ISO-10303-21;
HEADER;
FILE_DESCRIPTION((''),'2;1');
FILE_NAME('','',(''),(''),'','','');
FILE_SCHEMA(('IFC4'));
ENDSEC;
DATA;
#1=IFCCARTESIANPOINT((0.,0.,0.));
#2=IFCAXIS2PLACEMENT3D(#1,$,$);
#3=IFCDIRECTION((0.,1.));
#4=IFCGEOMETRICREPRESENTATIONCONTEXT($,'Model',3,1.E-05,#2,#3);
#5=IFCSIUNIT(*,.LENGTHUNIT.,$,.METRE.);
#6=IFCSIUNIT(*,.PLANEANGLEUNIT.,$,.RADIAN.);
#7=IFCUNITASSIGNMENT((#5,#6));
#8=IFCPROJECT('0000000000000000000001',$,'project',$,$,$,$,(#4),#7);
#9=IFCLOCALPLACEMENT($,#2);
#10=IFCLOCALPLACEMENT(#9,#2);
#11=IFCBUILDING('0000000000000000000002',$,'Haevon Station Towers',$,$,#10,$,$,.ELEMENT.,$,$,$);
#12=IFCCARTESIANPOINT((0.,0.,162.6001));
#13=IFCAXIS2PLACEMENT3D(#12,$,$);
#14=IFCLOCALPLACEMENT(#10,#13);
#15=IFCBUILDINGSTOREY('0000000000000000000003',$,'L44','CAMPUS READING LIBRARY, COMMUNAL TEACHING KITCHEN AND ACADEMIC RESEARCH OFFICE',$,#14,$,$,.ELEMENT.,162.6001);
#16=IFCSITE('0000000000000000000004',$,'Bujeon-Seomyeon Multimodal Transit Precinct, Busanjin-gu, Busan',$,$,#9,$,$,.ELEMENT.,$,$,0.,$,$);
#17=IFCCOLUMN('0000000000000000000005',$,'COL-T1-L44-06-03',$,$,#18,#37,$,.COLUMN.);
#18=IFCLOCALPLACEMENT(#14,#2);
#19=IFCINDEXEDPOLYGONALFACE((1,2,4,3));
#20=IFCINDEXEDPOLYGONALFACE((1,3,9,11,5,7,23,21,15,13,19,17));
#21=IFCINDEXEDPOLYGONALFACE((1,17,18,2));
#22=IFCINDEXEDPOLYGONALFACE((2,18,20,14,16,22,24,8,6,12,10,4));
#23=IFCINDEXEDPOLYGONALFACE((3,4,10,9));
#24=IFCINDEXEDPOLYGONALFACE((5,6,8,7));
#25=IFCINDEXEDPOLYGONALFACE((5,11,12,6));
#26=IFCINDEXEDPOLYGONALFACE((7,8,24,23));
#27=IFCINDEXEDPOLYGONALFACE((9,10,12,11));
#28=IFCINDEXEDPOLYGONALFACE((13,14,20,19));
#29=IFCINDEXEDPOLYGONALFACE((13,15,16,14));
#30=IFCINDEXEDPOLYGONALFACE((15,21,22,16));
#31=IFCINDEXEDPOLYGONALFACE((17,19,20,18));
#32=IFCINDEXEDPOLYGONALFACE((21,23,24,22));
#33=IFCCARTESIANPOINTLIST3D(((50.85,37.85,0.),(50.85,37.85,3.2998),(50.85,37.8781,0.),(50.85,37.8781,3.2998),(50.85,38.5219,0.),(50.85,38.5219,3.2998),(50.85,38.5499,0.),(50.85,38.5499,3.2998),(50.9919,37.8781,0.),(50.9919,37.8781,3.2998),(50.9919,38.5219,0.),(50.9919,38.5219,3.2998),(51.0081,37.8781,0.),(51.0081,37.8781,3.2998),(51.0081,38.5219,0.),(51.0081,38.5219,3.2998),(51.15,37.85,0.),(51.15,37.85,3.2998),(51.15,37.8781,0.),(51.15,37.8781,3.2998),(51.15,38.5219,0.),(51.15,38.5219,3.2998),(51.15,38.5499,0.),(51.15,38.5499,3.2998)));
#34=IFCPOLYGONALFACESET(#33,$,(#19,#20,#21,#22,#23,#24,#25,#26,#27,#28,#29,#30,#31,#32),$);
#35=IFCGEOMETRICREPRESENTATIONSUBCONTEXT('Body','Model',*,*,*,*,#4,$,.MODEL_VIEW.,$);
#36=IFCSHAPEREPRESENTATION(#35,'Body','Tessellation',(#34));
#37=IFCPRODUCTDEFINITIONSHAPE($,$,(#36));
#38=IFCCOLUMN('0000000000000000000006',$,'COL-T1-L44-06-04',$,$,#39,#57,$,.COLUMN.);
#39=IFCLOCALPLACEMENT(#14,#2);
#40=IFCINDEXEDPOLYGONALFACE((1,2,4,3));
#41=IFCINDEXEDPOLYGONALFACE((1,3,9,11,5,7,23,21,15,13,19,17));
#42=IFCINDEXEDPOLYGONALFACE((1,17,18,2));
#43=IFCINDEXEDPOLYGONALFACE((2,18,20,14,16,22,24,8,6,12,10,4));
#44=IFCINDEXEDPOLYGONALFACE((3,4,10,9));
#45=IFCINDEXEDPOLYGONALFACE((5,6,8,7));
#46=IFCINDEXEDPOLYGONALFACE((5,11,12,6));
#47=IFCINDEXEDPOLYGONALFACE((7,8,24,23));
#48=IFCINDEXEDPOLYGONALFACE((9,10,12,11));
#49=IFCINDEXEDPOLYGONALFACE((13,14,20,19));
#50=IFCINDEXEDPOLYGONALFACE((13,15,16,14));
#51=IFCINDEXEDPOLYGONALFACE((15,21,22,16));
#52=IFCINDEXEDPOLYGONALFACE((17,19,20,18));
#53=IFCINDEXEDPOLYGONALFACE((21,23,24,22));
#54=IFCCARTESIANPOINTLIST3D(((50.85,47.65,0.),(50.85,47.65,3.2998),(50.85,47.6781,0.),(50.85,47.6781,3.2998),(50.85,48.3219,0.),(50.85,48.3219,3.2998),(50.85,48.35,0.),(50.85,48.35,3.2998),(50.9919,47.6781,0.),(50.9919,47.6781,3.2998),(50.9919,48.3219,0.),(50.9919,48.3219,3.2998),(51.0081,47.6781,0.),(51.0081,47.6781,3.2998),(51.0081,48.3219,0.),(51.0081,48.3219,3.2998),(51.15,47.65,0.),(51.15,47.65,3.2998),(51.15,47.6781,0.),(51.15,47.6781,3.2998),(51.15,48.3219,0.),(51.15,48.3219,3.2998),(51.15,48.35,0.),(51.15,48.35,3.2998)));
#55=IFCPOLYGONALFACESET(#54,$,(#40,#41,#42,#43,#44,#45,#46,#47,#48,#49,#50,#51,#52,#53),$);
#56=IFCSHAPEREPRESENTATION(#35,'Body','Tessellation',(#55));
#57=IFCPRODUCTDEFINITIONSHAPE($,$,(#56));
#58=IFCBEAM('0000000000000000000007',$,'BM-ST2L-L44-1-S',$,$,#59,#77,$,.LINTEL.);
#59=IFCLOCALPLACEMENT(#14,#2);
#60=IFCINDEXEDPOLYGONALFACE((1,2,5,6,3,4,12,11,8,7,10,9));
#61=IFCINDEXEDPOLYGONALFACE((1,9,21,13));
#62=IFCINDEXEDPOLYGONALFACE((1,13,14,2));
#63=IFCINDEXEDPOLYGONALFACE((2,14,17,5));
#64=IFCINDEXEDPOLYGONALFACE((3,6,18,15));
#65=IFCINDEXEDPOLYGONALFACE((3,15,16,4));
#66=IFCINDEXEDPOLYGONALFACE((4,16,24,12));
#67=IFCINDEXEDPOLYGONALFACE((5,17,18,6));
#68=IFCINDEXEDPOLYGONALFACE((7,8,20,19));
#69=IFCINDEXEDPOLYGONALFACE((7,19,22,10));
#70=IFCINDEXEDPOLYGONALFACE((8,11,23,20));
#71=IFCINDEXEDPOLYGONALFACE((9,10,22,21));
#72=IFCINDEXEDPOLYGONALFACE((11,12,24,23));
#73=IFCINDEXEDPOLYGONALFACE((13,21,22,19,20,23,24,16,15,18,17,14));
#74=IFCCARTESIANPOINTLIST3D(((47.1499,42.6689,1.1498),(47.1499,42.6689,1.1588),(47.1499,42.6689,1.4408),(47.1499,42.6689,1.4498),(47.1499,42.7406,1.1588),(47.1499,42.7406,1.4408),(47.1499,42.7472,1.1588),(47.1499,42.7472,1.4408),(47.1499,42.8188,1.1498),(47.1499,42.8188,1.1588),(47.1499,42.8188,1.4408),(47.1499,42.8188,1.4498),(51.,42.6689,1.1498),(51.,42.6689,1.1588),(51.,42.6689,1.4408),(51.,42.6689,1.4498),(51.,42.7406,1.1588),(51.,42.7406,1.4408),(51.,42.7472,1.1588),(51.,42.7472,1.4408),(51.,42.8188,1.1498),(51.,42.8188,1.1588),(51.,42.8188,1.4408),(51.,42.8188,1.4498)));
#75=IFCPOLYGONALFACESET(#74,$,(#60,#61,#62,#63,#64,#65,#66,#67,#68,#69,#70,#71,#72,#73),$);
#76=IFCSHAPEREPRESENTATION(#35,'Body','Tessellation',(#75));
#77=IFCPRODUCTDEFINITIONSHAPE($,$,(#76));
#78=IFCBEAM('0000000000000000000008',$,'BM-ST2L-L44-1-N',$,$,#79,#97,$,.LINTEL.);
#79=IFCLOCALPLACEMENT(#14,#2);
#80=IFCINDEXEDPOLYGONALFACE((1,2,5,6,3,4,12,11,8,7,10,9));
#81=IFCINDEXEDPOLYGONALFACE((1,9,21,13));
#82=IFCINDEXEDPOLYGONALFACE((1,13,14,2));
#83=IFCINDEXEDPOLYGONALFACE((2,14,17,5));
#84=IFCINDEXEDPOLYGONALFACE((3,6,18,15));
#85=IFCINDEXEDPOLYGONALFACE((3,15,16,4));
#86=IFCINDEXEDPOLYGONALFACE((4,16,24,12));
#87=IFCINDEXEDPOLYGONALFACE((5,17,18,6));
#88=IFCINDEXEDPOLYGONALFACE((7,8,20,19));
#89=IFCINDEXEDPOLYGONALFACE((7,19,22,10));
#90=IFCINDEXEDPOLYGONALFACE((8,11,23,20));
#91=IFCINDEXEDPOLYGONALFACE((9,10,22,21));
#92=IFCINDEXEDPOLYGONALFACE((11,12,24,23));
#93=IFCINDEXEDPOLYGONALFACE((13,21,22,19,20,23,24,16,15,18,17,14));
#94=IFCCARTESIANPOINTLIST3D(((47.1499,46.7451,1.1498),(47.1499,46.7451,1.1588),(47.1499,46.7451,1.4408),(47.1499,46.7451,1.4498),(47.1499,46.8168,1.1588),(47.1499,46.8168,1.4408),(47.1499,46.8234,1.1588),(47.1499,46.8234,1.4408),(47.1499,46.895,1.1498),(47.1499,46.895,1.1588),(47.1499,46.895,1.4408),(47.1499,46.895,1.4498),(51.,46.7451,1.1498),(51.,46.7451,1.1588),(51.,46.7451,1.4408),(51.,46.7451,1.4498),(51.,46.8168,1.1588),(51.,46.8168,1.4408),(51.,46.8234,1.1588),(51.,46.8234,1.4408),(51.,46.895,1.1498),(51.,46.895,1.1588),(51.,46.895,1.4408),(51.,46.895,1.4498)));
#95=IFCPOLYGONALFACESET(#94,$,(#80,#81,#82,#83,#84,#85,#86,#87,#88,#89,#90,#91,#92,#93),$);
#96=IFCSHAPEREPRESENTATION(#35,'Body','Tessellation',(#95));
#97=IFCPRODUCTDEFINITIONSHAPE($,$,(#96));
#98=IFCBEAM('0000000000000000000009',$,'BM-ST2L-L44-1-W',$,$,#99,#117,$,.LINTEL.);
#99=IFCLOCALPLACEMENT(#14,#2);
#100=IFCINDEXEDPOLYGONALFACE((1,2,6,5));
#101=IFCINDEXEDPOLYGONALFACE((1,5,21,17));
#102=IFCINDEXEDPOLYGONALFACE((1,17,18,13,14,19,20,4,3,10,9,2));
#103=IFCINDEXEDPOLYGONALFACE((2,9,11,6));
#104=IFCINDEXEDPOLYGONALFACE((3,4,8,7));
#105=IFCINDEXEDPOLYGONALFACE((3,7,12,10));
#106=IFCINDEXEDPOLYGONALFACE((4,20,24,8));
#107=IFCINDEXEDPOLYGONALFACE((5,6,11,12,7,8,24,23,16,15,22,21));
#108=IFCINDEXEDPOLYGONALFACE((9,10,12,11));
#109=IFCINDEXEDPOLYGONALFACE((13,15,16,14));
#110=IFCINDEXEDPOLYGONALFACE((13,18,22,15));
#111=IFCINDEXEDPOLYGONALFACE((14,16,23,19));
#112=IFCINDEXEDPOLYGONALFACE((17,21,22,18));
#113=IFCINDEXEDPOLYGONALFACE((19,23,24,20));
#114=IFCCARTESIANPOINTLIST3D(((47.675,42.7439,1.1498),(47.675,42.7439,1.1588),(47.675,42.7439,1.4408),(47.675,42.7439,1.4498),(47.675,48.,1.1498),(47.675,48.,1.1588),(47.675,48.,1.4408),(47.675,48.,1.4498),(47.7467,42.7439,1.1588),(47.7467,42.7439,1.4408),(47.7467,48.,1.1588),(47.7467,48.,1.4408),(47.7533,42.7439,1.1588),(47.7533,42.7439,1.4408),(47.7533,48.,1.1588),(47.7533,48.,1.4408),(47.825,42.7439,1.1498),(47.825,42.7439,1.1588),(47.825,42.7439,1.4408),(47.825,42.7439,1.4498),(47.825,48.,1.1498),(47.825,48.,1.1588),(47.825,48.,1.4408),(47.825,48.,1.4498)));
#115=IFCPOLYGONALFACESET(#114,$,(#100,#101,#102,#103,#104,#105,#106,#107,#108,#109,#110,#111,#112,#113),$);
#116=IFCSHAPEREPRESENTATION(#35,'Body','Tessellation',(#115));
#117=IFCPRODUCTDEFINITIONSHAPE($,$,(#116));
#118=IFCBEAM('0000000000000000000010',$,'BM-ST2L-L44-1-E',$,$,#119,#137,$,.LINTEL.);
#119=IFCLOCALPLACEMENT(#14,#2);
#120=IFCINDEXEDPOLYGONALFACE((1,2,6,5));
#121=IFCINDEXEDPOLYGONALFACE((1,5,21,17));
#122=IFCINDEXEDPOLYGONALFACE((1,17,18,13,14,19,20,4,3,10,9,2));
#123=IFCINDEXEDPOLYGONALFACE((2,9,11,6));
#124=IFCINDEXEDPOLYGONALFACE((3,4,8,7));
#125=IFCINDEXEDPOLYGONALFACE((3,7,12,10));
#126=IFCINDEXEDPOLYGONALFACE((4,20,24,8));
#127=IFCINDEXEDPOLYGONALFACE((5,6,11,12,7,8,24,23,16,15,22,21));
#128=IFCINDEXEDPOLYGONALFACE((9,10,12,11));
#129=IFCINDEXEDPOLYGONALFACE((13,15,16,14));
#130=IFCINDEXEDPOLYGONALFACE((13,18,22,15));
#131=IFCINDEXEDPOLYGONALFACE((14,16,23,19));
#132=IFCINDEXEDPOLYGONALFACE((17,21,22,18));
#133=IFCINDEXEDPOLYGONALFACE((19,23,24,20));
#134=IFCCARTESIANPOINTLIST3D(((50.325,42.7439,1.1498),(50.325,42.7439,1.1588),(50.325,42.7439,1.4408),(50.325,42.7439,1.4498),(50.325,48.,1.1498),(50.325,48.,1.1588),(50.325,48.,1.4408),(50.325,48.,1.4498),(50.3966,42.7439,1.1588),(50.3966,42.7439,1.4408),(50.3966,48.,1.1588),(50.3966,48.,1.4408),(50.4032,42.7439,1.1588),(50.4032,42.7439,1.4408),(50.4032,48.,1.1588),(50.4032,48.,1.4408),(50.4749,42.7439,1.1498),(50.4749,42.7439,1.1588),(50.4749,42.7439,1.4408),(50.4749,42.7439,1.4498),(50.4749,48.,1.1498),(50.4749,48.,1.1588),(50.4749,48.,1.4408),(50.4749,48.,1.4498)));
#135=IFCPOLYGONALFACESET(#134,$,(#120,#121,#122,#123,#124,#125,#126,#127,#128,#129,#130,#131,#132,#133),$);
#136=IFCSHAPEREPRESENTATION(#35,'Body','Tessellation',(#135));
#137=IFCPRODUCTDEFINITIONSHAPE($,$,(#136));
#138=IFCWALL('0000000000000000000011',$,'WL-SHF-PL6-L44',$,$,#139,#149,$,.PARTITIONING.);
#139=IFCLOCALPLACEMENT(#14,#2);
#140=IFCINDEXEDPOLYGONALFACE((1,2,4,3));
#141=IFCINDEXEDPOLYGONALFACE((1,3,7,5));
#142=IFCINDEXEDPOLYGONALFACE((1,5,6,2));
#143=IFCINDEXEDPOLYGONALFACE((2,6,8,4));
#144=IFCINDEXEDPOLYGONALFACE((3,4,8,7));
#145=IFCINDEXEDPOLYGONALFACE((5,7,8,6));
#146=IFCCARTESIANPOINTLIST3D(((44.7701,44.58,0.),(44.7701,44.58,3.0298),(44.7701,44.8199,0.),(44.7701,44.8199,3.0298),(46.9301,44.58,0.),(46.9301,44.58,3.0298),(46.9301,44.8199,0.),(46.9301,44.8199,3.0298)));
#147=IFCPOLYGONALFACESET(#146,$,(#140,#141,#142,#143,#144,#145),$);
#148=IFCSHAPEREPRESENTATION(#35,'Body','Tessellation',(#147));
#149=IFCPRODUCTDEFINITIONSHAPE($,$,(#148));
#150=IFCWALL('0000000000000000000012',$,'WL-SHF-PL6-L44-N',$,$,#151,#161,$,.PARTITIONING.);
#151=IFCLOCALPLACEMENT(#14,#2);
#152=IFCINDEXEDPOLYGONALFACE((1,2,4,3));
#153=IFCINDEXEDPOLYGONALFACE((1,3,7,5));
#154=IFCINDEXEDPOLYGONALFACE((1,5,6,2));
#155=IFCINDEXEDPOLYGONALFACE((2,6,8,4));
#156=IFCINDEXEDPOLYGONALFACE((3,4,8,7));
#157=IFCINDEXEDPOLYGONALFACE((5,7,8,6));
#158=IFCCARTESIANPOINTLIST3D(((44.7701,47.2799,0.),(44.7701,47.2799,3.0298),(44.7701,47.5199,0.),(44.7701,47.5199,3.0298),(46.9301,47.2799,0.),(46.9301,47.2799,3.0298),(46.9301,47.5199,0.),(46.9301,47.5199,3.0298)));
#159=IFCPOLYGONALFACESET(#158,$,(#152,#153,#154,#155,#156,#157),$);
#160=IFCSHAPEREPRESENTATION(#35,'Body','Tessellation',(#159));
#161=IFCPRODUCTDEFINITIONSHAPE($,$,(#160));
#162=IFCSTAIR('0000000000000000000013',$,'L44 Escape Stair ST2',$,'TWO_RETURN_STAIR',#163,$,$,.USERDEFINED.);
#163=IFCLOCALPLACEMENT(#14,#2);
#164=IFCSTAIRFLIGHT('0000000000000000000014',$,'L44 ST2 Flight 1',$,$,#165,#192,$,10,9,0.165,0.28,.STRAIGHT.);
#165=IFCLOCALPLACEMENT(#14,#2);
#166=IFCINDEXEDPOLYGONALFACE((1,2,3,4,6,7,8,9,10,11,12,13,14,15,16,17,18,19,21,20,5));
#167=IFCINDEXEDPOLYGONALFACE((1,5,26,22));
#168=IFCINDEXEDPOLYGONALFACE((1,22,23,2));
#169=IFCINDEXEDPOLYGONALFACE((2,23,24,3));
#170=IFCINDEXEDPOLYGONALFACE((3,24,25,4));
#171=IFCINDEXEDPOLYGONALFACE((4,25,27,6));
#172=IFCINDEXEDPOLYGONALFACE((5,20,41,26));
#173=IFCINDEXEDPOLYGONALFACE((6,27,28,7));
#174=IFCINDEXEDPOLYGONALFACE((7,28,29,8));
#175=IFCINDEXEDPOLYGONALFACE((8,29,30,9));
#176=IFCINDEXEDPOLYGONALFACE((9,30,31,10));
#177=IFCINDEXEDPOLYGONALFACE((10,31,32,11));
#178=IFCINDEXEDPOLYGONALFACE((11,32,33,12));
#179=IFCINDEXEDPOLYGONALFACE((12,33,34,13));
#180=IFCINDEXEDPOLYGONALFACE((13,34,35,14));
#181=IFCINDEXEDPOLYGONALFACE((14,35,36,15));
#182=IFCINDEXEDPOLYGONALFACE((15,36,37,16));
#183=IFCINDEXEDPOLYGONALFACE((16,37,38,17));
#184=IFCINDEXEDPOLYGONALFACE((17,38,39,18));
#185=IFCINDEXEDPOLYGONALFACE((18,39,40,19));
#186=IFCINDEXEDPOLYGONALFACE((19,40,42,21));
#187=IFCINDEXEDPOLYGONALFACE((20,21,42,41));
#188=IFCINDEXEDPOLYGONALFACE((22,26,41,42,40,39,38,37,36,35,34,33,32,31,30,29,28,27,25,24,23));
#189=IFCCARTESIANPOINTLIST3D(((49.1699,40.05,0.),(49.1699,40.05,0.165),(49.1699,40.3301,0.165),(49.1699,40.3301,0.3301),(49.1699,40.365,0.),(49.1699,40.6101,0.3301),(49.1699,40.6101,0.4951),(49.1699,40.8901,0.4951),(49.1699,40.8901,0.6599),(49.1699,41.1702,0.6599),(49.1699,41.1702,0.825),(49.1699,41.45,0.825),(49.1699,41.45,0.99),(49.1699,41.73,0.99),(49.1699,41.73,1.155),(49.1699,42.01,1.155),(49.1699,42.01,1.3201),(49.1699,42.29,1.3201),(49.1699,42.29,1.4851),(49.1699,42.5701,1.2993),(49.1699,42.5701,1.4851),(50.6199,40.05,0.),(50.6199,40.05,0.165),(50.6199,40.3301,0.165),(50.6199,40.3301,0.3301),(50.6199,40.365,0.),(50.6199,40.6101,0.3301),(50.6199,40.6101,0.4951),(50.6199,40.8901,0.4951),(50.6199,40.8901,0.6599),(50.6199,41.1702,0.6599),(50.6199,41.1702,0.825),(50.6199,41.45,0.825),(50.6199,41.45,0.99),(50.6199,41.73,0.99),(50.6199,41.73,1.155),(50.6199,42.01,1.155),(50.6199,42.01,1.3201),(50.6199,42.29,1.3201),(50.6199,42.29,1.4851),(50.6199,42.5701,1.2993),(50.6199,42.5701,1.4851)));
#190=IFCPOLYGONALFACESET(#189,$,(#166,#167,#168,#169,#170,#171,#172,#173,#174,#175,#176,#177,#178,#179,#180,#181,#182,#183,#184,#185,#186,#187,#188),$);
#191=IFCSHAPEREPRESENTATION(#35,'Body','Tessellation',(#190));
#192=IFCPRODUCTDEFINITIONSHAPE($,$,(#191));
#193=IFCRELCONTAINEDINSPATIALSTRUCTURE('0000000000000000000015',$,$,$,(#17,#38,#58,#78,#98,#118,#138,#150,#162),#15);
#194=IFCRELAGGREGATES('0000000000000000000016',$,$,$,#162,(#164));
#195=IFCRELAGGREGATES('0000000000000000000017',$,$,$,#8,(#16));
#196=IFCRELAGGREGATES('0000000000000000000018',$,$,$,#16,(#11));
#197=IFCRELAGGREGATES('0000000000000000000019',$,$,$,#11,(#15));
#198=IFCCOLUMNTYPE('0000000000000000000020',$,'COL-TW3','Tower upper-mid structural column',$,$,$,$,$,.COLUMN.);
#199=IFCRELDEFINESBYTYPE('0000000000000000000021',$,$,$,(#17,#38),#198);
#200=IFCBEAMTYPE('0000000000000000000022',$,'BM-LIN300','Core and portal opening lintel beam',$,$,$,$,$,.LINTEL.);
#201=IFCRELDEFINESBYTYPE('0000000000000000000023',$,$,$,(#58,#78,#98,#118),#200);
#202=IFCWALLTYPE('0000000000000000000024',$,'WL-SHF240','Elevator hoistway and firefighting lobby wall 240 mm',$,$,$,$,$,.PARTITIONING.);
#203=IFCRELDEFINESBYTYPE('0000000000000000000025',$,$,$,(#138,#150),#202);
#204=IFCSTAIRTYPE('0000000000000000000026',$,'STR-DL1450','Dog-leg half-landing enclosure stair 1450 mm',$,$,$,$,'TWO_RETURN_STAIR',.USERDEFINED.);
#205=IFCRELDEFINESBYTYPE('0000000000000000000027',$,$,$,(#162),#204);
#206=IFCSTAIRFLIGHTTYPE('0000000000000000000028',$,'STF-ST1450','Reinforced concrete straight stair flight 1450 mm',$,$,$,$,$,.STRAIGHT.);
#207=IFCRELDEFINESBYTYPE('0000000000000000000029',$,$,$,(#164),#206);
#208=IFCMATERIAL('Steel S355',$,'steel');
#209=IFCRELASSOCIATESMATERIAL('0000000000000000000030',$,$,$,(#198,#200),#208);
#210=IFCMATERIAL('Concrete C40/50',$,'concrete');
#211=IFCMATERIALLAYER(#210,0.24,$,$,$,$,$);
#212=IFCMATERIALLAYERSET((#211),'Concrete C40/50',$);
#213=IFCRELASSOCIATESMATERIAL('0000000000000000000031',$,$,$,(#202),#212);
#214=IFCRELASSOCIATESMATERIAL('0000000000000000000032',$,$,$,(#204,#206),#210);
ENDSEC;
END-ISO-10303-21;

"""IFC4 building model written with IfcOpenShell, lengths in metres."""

from ifc_helpers import new_model, si_unit, direction, frame, frame_2d, origin, origin_2d, place, context, subcontext, project, spatial, polyline, rectangle, i_section, outline, extrude, material, layer, layer_set, material_profile, profile_set, type_object, element, aggregate, save


model = new_model("IFC4")

# Units and contexts
model_context = context("Model", 3, precision=1e-05, world=origin(), true_north=direction((0.0, 1.0)))
body_context = subcontext(model_context, "Body", "Model", "MODEL_VIEW")
ifc_project = project(units=[si_unit("LENGTHUNIT", "METRE"), si_unit("PLANEANGLEUNIT", "RADIAN")], contexts=[model_context])

# Site, building, storey
site_placement = place(None, origin())
site = spatial("IfcSite", under=ifc_project, at=site_placement, Name="Bujeon-Seomyeon Multimodal Transit Precinct, Busanjin-gu, Busan", CompositionType="ELEMENT", RefElevation=0.0)
building_placement = place(site_placement, origin())
building = spatial("IfcBuilding", under=site, at=building_placement, Name="Haevon Station Towers", CompositionType="ELEMENT")
storey_placement = place(building_placement, frame((0.0, 0.0, 162.6001)))
storey = spatial("IfcBuildingStorey", under=building, at=storey_placement, Name="L44", Description="CAMPUS READING LIBRARY, COMMUNAL TEACHING KITCHEN AND ACADEMIC RESEARCH OFFICE", CompositionType="ELEMENT", Elevation=162.6001)

# Columns
ifc_material_1 = material(Name="Steel S355", Category="steel")
ifc_material_profile_1 = material_profile(ifc_material_1, i_section(OverallWidth=0.3, OverallDepth=0.7, WebThickness=0.0161, FlangeThickness=0.0281, at=origin_2d()), Name="H-700x300x16x28")
ifc_profile_set_1 = profile_set([ifc_material_profile_1], Name="Steel S355")
column_type = type_object("IfcColumnType", Name="COL-TW3", Description="Tower upper-mid structural column", PredefinedType="COLUMN", material=ifc_profile_set_1)
for number, where, z_axis, x_axis, name in (
    (1, (51.0, 38.2, 0.0), (0.0, 0.0, 1.0), (1.0, 0.0, 0.0), "COL-T1-L44-06-03"),
    (2, (51.0, 48.0, 0.0), (0.0, 0.0, 1.0), (1.0, 0.0, 0.0), "COL-T1-L44-06-04"),
):
    element("IfcColumn", number, at=place(storey_placement, frame(where, z_axis=z_axis, x_axis=x_axis)), inside=storey, type_object=column_type, Name=name, PredefinedType="COLUMN", context=body_context, shape_type="SweptSolid", body=[
        extrude(i_section(OverallWidth=0.3, OverallDepth=0.7, WebThickness=0.0161, FlangeThickness=0.0281, at=origin_2d()), origin(), (0.0, 0.0, 1.0), 3.2998),
    ])

# Beams
ifc_material_profile_2 = material_profile(ifc_material_1, i_section(OverallWidth=0.1499, OverallDepth=0.3, WebThickness=0.0066, FlangeThickness=0.009, at=origin_2d()), Name="H-300x150x6.5x9")
ifc_profile_set_2 = profile_set([ifc_material_profile_2], Name="Steel S355")
beam_type = type_object("IfcBeamType", Name="BM-LIN300", Description="Core and portal opening lintel beam", PredefinedType="LINTEL", material=ifc_profile_set_2)
for number, where, z_axis, x_axis, name in (
    (3, (47.1499, 42.7439, 1.2998), (1.0, 0.0, 0.0), (0.0, 1.0, 0.0), "BM-ST2L-L44-1-S"),
    (4, (47.1499, 46.8201, 1.2998), (1.0, 0.0, 0.0), (0.0, 1.0, 0.0), "BM-ST2L-L44-1-N"),
):
    element("IfcBeam", number, at=place(storey_placement, frame(where, z_axis=z_axis, x_axis=x_axis)), inside=storey, type_object=beam_type, Name=name, PredefinedType="LINTEL", context=body_context, shape_type="SweptSolid", body=[
        extrude(i_section(OverallWidth=0.1499, OverallDepth=0.3, WebThickness=0.0066, FlangeThickness=0.009, at=origin_2d()), origin(), (0.0, 0.0, 1.0), 3.8501),
    ])
for number, where, z_axis, x_axis, name in (
    (5, (47.75, 42.7439, 1.2998), (0.0, 1.0, 0.0), (-1.0, 0.0, 0.0), "BM-ST2L-L44-1-W"),
    (6, (50.3999, 42.7439, 1.2998), (0.0, 1.0, 0.0), (-1.0, 0.0, 0.0), "BM-ST2L-L44-1-E"),
):
    element("IfcBeam", number, at=place(storey_placement, frame(where, z_axis=z_axis, x_axis=x_axis)), inside=storey, type_object=beam_type, Name=name, PredefinedType="LINTEL", context=body_context, shape_type="SweptSolid", body=[
        extrude(i_section(OverallWidth=0.1499, OverallDepth=0.3, WebThickness=0.0066, FlangeThickness=0.009, at=origin_2d()), origin(), (0.0, 0.0, 1.0), 5.2561),
    ])

# Walls
ifc_material_2 = material(Name="Concrete C40/50", Category="concrete")
ifc_layer = layer(ifc_material_2, 0.24)
ifc_layer_set = layer_set([ifc_layer], Name="Concrete C40/50")
wall_type = type_object("IfcWallType", Name="WL-SHF240", Description="Elevator hoistway and firefighting lobby wall 240 mm", PredefinedType="PARTITIONING", material=ifc_layer_set)
for number, where, z_axis, x_axis, name in (
    (7, (44.77, 44.7, 0.0), (0.0, 0.0, 1.0), (1.0, 0.0, 0.0), "WL-SHF-PL6-L44"),
    (8, (44.77, 47.3999, 0.0), (0.0, 0.0, 1.0), (1.0, 0.0, 0.0), "WL-SHF-PL6-L44-N"),
):
    element("IfcWall", number, at=place(storey_placement, frame(where, z_axis=z_axis, x_axis=x_axis)), inside=storey, type_object=wall_type, Name=name, PredefinedType="PARTITIONING", context=body_context, shape_type="SweptSolid", body=[
        extrude(rectangle(XDim=2.1599, YDim=0.24, at=frame_2d((1.0801, 0.0))), origin(), (0.0, 0.0, 1.0), 3.0298),
    ])

# Stair, stair flight
stair_type = type_object("IfcStairType", Name="STR-DL1450", Description="Dog-leg half-landing enclosure stair 1450 mm", ElementType="TWO_RETURN_STAIR", PredefinedType="USERDEFINED", material=ifc_material_2)
stair_placement = place(storey_placement, origin())
stair = element("IfcStair", 9, at=stair_placement, inside=storey, type_object=stair_type, Name="L44 Escape Stair ST2", ObjectType="TWO_RETURN_STAIR", PredefinedType="USERDEFINED")
stair_flight_type = type_object("IfcStairFlightType", Name="STF-ST1450", Description="Reinforced concrete straight stair flight 1450 mm", PredefinedType="STRAIGHT", material=ifc_material_2)
stair_flight_1_placement = place(storey_placement, frame((49.895, 40.05, 0.0), z_axis=(0.0, 0.0, 1.0), x_axis=(0.0, 1.0, 0.0)))
stair_flight_1 = element("IfcStairFlight", 10, at=stair_flight_1_placement, type_object=stair_flight_type, Name="L44 ST2 Flight 1", NumberOfRisers=10, NumberOfTreads=9, PredefinedType="STRAIGHT", RiserHeight=0.165, TreadLength=0.28, context=body_context, shape_type="SweptSolid", body=[
    extrude(outline(polyline([(0.0, 0.0), (0.0, 0.165), (0.28, 0.165), (0.28, 0.3301), (0.5601, 0.3301), (0.5601, 0.4951), (0.8401, 0.4951), (0.8401, 0.6599), (1.1201, 0.6599), (1.1201, 0.825), (1.3999, 0.825), (1.3999, 0.99), (1.6799, 0.99), (1.6799, 1.155), (1.96, 1.155), (1.96, 1.3201), (2.24, 1.3201), (2.24, 1.4851), (2.52, 1.4851), (2.52, 1.6499), (2.52, 1.2993), (0.3149, 0.0), (0.0, 0.0)])), frame((0.0, 0.7251, 0.0), z_axis=(0.0, -1.0, 0.0), x_axis=(1.0, 0.0, 0.0)), (0.0, 0.0, 1.0), 1.45),
])
aggregate(stair, [stair_flight_1])

save(model, "model.ifc")
